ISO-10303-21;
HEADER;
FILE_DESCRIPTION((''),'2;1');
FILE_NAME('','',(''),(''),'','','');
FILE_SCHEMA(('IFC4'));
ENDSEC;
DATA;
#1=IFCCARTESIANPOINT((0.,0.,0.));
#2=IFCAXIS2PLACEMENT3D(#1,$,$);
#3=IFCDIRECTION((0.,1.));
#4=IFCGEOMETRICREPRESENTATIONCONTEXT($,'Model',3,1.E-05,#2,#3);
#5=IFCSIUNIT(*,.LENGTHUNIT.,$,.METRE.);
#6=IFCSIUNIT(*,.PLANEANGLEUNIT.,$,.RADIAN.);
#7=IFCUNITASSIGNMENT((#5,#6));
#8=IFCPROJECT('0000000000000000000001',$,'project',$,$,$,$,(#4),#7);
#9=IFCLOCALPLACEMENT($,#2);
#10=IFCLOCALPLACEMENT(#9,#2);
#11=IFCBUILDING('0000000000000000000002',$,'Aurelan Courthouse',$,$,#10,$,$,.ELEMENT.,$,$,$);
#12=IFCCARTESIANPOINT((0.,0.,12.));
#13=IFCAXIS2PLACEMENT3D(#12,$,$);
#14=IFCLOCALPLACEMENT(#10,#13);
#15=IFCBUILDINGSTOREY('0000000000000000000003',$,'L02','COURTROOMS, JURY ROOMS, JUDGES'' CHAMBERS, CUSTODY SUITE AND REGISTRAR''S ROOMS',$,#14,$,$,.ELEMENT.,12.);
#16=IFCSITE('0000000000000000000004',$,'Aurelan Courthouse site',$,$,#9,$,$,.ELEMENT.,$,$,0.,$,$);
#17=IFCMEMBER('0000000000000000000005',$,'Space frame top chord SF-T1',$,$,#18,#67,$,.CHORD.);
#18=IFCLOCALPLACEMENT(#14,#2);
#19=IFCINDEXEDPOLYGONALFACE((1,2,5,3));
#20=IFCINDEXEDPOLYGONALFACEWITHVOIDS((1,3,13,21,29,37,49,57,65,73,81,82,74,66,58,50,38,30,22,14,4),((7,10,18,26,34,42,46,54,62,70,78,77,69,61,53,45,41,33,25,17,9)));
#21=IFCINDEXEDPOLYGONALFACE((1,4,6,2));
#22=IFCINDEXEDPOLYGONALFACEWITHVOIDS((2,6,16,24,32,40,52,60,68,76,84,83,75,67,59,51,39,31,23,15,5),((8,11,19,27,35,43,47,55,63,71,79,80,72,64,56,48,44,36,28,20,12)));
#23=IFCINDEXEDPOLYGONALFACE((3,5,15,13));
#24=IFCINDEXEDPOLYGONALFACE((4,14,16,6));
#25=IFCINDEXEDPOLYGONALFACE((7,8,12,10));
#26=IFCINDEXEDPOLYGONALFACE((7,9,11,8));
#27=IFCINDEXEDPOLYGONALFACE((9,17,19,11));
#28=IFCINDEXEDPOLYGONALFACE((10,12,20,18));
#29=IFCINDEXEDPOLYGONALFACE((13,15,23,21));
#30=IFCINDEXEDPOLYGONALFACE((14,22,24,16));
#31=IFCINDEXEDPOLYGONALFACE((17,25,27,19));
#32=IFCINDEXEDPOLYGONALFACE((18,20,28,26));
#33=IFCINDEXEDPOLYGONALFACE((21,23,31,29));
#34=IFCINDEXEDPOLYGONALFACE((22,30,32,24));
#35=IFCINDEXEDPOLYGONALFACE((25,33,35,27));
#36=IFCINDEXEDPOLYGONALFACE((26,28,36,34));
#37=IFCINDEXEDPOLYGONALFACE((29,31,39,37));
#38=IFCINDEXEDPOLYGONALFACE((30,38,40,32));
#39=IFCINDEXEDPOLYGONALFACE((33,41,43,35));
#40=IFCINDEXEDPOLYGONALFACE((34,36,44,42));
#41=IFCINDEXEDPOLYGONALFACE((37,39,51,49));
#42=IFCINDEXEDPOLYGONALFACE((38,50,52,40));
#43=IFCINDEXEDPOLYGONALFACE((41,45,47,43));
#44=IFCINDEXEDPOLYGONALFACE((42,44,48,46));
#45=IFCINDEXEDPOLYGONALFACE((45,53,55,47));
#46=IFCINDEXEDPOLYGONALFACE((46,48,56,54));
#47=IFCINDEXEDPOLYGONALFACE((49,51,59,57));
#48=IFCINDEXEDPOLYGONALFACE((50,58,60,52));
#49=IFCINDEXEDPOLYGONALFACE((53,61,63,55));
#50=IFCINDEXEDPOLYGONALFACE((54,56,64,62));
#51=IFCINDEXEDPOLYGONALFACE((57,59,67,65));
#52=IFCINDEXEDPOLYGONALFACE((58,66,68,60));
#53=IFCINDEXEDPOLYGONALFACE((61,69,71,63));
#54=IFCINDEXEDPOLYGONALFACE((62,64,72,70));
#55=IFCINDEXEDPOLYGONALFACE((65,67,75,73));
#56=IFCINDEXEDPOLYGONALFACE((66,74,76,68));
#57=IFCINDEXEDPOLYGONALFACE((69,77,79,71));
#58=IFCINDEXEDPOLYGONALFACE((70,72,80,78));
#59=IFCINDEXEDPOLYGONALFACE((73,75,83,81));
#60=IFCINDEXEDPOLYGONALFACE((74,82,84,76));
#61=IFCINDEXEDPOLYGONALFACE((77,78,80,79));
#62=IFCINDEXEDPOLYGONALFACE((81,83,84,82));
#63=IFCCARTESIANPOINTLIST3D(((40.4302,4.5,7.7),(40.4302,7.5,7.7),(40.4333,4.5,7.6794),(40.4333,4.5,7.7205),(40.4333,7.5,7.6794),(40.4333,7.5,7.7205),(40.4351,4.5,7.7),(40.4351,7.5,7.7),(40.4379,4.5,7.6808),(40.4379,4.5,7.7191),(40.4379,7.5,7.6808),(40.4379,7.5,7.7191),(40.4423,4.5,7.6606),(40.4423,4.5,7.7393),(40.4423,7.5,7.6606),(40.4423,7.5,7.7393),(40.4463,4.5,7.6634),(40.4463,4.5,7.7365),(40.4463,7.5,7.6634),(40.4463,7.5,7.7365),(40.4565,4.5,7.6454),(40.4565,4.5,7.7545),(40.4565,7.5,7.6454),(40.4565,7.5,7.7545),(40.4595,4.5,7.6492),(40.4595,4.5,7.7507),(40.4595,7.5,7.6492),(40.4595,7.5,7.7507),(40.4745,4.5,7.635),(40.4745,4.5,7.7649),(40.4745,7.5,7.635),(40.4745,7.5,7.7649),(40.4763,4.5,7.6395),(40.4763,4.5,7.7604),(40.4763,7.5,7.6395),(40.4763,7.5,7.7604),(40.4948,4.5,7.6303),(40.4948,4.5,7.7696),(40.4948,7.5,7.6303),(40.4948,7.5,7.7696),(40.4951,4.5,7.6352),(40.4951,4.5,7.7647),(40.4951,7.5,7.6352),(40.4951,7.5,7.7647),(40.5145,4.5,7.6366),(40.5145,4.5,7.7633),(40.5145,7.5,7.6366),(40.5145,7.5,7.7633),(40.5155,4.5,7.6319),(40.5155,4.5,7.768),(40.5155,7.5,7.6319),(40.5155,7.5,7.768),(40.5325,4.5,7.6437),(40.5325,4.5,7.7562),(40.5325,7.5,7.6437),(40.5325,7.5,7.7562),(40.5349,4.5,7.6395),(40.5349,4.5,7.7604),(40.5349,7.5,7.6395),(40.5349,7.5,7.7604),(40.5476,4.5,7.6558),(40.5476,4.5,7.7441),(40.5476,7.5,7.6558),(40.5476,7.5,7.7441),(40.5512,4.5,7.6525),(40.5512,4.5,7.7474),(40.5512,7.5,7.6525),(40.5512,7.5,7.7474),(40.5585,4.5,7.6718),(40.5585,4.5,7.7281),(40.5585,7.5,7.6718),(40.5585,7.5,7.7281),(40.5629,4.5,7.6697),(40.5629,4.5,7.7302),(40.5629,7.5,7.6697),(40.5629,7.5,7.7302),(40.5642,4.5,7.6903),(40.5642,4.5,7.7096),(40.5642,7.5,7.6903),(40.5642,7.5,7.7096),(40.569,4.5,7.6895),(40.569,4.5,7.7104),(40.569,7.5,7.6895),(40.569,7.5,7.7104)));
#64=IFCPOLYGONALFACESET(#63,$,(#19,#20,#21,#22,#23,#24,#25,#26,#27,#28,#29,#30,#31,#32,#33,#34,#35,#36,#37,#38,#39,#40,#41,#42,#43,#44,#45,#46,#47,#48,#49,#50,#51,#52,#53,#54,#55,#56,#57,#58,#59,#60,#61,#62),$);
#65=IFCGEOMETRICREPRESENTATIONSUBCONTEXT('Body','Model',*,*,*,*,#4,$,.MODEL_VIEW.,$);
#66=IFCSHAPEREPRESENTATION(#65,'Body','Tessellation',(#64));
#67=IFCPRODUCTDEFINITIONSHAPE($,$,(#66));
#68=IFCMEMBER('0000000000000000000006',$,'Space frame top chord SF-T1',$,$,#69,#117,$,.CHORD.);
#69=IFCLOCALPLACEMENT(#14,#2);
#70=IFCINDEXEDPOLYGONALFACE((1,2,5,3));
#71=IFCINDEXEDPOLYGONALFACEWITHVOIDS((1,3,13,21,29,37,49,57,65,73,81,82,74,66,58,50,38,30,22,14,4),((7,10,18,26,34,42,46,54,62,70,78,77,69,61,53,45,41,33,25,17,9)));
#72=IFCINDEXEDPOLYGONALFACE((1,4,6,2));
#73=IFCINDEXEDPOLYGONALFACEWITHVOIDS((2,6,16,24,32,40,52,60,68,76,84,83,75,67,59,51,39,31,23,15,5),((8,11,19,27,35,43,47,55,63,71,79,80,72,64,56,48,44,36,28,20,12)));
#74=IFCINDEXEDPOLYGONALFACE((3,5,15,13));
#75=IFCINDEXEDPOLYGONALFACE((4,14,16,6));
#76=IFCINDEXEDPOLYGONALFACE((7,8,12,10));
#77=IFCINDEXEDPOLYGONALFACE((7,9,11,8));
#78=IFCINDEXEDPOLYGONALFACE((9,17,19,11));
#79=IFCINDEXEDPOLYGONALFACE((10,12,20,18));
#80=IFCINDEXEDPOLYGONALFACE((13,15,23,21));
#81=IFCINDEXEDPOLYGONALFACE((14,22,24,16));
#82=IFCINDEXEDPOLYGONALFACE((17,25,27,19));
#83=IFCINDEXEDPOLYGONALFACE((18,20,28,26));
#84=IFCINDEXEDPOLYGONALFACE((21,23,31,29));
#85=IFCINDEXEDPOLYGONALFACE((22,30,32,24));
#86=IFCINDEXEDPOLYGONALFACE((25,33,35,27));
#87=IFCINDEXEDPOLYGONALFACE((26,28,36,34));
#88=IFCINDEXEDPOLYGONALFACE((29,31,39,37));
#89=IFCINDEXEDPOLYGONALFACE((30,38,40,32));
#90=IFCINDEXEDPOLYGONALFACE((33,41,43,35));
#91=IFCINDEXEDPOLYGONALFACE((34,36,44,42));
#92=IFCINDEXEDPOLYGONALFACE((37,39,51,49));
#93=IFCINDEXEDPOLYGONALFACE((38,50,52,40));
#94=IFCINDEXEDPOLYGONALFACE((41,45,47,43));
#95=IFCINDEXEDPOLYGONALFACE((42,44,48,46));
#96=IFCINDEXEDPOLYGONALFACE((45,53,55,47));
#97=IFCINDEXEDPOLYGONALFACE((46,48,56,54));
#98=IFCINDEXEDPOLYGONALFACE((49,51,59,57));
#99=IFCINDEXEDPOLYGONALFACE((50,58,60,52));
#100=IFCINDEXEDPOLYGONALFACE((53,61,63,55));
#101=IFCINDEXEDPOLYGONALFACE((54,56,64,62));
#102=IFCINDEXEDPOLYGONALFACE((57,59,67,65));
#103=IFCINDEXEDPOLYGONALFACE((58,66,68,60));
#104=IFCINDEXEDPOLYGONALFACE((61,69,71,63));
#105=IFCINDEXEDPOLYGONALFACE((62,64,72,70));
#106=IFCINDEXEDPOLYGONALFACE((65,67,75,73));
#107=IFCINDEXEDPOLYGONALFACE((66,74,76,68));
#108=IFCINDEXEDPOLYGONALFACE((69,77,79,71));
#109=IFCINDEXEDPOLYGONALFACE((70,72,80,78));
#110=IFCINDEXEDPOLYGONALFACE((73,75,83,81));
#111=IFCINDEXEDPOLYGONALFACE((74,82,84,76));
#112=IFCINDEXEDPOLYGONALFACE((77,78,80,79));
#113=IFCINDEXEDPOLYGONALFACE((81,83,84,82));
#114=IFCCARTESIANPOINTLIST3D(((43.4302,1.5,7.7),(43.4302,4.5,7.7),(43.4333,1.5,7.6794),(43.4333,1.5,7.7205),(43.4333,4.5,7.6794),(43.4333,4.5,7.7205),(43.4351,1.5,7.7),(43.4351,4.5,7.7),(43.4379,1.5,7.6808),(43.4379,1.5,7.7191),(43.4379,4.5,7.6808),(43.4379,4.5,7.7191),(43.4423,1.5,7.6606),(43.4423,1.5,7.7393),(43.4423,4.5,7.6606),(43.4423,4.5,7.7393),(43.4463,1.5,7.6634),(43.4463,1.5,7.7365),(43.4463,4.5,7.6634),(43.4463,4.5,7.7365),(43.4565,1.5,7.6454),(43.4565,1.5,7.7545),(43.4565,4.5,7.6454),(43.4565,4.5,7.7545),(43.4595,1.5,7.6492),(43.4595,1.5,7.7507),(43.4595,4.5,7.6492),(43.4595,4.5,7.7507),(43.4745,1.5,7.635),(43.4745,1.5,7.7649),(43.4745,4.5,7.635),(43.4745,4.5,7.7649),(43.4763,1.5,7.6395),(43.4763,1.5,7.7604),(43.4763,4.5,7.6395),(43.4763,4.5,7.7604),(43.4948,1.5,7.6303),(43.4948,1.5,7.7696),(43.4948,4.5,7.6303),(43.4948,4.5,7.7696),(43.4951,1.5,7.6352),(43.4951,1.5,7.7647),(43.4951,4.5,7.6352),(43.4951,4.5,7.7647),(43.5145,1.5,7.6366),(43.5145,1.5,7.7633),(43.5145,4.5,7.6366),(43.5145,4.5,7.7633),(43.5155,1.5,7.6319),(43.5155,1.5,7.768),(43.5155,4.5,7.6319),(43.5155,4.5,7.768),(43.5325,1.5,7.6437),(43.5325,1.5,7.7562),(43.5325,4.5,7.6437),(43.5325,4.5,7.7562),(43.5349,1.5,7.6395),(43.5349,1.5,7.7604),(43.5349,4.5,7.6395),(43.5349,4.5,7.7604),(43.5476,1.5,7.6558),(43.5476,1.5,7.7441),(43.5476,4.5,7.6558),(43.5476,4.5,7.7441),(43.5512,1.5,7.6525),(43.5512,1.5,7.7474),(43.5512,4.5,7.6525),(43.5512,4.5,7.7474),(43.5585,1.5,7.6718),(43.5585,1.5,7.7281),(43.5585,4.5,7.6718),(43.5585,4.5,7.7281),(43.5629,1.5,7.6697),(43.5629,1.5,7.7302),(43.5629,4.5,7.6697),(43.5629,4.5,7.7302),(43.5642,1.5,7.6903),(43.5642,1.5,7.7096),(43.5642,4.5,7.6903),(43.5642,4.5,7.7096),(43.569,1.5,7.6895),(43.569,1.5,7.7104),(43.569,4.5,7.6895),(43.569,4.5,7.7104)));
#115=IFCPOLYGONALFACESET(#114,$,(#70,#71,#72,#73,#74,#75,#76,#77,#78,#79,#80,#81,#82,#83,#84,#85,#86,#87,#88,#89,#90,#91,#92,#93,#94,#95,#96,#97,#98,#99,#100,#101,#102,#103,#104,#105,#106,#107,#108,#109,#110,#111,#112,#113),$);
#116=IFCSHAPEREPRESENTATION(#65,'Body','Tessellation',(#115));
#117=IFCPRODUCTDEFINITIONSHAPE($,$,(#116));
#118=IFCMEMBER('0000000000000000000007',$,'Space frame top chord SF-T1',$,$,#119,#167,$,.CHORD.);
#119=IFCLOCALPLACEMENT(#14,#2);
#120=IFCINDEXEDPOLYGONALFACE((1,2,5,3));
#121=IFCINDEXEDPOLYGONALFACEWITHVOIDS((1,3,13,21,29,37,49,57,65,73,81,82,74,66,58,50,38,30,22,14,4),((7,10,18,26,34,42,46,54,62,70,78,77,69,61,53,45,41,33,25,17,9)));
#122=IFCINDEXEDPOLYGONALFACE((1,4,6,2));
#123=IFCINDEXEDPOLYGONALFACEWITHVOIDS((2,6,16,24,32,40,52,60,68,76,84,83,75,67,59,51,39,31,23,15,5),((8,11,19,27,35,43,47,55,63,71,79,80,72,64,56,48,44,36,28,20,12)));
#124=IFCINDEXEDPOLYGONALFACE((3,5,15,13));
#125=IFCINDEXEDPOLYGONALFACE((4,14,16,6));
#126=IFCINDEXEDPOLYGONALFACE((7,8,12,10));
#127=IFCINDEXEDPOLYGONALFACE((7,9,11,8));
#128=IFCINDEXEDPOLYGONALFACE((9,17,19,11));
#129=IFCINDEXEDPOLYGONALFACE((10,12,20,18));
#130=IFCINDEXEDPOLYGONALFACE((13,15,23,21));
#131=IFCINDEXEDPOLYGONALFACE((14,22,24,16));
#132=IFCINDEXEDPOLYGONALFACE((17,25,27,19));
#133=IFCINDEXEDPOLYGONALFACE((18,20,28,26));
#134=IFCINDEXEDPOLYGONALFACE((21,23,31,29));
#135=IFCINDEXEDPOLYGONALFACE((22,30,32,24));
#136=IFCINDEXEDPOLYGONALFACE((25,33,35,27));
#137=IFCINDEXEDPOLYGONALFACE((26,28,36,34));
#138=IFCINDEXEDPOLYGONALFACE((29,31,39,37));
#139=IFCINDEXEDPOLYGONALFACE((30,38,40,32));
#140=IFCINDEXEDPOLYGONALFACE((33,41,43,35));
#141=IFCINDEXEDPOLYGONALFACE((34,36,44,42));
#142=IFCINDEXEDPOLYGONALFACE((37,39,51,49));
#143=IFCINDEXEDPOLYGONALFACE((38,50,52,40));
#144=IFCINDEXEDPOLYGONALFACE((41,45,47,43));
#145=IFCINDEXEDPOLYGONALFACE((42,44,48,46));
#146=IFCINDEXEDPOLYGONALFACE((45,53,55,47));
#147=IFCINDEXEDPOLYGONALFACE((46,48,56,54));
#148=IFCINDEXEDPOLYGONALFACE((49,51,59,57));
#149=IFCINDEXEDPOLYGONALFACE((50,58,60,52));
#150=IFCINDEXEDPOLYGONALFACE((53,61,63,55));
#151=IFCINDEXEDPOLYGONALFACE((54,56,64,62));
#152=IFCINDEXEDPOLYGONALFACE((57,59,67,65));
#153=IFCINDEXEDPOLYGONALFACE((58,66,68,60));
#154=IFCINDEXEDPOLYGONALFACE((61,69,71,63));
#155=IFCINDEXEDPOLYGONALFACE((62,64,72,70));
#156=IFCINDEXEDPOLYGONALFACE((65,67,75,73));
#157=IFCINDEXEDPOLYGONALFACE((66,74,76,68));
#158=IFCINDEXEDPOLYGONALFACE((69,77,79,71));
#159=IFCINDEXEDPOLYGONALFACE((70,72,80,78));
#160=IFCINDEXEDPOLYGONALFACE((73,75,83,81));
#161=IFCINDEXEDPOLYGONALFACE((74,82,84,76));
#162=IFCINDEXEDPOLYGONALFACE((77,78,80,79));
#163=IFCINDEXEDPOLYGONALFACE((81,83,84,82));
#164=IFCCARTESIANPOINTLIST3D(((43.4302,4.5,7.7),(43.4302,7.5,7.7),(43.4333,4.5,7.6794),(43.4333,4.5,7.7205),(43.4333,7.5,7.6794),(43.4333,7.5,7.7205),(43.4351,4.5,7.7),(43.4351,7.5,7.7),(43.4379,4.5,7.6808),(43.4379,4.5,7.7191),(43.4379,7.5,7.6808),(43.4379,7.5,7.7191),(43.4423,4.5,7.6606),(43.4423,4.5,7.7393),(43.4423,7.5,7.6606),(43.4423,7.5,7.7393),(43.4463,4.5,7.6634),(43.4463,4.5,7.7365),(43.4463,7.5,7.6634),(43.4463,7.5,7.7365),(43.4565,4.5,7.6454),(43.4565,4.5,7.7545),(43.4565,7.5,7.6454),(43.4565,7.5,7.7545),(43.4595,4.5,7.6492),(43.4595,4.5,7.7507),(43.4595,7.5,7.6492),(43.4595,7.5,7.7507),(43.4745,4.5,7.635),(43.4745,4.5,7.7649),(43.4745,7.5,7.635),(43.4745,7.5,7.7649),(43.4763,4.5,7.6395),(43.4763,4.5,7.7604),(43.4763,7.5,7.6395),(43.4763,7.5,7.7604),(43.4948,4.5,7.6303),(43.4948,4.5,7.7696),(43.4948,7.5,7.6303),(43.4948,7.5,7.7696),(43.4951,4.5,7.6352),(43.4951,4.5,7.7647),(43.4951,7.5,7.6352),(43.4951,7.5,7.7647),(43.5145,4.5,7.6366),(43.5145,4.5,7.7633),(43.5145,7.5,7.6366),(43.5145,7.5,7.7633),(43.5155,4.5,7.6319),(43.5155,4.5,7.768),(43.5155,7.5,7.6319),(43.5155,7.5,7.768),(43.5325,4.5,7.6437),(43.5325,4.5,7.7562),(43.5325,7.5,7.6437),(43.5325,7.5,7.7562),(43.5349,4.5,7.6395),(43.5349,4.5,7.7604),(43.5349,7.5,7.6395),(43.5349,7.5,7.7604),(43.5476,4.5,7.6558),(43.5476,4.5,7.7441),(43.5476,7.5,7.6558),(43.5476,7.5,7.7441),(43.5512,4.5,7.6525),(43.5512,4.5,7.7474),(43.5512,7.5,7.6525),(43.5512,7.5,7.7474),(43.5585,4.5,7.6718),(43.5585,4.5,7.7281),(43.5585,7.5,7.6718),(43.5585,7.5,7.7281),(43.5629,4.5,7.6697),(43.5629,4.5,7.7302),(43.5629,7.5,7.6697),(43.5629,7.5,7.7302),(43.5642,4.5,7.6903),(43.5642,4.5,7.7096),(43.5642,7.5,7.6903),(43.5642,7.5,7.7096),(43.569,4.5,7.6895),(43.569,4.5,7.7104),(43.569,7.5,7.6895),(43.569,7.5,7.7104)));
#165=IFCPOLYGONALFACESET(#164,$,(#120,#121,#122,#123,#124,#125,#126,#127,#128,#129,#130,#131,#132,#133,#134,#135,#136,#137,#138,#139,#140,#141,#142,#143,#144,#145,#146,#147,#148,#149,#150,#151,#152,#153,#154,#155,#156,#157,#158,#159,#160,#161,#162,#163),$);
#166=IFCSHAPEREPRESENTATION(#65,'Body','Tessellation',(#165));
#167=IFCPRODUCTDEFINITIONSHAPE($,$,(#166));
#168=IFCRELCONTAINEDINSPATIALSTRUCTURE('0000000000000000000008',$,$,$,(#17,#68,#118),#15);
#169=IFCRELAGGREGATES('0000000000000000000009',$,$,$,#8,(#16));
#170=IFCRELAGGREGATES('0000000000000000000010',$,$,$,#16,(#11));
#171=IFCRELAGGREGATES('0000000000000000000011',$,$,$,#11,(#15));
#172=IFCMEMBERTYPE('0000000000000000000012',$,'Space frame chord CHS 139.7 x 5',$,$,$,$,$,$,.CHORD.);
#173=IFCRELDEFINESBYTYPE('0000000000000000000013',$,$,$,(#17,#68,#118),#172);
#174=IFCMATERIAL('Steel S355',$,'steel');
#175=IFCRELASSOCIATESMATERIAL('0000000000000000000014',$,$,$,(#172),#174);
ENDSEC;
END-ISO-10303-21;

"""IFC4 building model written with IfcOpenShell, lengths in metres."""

from ifc_helpers import new_model, si_unit, direction, frame, origin, origin_2d, place, context, subcontext, project, spatial, hollow_circle, extrude, material, material_profile, profile_set, type_object, element, save


model = new_model("IFC4")

# Units and contexts
model_context = context("Model", 3, precision=1e-05, world=origin(), true_north=direction((0.0, 1.0)))
body_context = subcontext(model_context, "Body", "Model", "MODEL_VIEW")
ifc_project = project(units=[si_unit("LENGTHUNIT", "METRE"), si_unit("PLANEANGLEUNIT", "RADIAN")], contexts=[model_context])

# Site, building, storey
site_placement = place(None, origin())
site = spatial("IfcSite", under=ifc_project, at=site_placement, Name="Aurelan Courthouse site", CompositionType="ELEMENT", RefElevation=0.0)
building_placement = place(site_placement, origin())
building = spatial("IfcBuilding", under=site, at=building_placement, Name="Aurelan Courthouse", CompositionType="ELEMENT")
storey_placement = place(building_placement, frame((0.0, 0.0, 12.0)))
storey = spatial("IfcBuildingStorey", under=building, at=storey_placement, Name="L02", Description="COURTROOMS, JURY ROOMS, JUDGES' CHAMBERS, CUSTODY SUITE AND REGISTRAR'S ROOMS", CompositionType="ELEMENT", Elevation=12.0)

# Members
ifc_material_1 = material(Name="Steel S355", Category="steel")
ifc_material_profile_1 = material_profile(ifc_material_1, hollow_circle(Radius=0.0698, WallThickness=0.0049, at=origin_2d()), Name="CHS 139.7 x 5")
ifc_profile_set_1 = profile_set([ifc_material_profile_1], Name="Steel S355")
member_type_1 = type_object("IfcMemberType", Name="Space frame chord CHS 139.7 x 5", PredefinedType="CHORD", material=ifc_profile_set_1)
for number, where, z_axis, x_axis, name in (
    (1, (40.5, 4.5, 7.7), (0.0, 1.0, 0.0), (-1.0, 0.0, 0.0), "Space frame top chord SF-T1"),
    (2, (43.5, 1.5, 7.7), (0.0, 1.0, 0.0), (-1.0, 0.0, 0.0), "Space frame top chord SF-T1"),
    (3, (43.5, 4.5, 7.7), (0.0, 1.0, 0.0), (-1.0, 0.0, 0.0), "Space frame top chord SF-T1"),
):
    element("IfcMember", number, at=place(storey_placement, frame(where, z_axis=z_axis, x_axis=x_axis)), inside=storey, type_object=member_type_1, Name=name, PredefinedType="CHORD", context=body_context, shape_type="SweptSolid", body=[
        extrude(hollow_circle(Radius=0.0698, WallThickness=0.0049, at=origin_2d()), origin(), (0.0, 0.0, 1.0), 3.0),
    ])

save(model, "model.ifc")
